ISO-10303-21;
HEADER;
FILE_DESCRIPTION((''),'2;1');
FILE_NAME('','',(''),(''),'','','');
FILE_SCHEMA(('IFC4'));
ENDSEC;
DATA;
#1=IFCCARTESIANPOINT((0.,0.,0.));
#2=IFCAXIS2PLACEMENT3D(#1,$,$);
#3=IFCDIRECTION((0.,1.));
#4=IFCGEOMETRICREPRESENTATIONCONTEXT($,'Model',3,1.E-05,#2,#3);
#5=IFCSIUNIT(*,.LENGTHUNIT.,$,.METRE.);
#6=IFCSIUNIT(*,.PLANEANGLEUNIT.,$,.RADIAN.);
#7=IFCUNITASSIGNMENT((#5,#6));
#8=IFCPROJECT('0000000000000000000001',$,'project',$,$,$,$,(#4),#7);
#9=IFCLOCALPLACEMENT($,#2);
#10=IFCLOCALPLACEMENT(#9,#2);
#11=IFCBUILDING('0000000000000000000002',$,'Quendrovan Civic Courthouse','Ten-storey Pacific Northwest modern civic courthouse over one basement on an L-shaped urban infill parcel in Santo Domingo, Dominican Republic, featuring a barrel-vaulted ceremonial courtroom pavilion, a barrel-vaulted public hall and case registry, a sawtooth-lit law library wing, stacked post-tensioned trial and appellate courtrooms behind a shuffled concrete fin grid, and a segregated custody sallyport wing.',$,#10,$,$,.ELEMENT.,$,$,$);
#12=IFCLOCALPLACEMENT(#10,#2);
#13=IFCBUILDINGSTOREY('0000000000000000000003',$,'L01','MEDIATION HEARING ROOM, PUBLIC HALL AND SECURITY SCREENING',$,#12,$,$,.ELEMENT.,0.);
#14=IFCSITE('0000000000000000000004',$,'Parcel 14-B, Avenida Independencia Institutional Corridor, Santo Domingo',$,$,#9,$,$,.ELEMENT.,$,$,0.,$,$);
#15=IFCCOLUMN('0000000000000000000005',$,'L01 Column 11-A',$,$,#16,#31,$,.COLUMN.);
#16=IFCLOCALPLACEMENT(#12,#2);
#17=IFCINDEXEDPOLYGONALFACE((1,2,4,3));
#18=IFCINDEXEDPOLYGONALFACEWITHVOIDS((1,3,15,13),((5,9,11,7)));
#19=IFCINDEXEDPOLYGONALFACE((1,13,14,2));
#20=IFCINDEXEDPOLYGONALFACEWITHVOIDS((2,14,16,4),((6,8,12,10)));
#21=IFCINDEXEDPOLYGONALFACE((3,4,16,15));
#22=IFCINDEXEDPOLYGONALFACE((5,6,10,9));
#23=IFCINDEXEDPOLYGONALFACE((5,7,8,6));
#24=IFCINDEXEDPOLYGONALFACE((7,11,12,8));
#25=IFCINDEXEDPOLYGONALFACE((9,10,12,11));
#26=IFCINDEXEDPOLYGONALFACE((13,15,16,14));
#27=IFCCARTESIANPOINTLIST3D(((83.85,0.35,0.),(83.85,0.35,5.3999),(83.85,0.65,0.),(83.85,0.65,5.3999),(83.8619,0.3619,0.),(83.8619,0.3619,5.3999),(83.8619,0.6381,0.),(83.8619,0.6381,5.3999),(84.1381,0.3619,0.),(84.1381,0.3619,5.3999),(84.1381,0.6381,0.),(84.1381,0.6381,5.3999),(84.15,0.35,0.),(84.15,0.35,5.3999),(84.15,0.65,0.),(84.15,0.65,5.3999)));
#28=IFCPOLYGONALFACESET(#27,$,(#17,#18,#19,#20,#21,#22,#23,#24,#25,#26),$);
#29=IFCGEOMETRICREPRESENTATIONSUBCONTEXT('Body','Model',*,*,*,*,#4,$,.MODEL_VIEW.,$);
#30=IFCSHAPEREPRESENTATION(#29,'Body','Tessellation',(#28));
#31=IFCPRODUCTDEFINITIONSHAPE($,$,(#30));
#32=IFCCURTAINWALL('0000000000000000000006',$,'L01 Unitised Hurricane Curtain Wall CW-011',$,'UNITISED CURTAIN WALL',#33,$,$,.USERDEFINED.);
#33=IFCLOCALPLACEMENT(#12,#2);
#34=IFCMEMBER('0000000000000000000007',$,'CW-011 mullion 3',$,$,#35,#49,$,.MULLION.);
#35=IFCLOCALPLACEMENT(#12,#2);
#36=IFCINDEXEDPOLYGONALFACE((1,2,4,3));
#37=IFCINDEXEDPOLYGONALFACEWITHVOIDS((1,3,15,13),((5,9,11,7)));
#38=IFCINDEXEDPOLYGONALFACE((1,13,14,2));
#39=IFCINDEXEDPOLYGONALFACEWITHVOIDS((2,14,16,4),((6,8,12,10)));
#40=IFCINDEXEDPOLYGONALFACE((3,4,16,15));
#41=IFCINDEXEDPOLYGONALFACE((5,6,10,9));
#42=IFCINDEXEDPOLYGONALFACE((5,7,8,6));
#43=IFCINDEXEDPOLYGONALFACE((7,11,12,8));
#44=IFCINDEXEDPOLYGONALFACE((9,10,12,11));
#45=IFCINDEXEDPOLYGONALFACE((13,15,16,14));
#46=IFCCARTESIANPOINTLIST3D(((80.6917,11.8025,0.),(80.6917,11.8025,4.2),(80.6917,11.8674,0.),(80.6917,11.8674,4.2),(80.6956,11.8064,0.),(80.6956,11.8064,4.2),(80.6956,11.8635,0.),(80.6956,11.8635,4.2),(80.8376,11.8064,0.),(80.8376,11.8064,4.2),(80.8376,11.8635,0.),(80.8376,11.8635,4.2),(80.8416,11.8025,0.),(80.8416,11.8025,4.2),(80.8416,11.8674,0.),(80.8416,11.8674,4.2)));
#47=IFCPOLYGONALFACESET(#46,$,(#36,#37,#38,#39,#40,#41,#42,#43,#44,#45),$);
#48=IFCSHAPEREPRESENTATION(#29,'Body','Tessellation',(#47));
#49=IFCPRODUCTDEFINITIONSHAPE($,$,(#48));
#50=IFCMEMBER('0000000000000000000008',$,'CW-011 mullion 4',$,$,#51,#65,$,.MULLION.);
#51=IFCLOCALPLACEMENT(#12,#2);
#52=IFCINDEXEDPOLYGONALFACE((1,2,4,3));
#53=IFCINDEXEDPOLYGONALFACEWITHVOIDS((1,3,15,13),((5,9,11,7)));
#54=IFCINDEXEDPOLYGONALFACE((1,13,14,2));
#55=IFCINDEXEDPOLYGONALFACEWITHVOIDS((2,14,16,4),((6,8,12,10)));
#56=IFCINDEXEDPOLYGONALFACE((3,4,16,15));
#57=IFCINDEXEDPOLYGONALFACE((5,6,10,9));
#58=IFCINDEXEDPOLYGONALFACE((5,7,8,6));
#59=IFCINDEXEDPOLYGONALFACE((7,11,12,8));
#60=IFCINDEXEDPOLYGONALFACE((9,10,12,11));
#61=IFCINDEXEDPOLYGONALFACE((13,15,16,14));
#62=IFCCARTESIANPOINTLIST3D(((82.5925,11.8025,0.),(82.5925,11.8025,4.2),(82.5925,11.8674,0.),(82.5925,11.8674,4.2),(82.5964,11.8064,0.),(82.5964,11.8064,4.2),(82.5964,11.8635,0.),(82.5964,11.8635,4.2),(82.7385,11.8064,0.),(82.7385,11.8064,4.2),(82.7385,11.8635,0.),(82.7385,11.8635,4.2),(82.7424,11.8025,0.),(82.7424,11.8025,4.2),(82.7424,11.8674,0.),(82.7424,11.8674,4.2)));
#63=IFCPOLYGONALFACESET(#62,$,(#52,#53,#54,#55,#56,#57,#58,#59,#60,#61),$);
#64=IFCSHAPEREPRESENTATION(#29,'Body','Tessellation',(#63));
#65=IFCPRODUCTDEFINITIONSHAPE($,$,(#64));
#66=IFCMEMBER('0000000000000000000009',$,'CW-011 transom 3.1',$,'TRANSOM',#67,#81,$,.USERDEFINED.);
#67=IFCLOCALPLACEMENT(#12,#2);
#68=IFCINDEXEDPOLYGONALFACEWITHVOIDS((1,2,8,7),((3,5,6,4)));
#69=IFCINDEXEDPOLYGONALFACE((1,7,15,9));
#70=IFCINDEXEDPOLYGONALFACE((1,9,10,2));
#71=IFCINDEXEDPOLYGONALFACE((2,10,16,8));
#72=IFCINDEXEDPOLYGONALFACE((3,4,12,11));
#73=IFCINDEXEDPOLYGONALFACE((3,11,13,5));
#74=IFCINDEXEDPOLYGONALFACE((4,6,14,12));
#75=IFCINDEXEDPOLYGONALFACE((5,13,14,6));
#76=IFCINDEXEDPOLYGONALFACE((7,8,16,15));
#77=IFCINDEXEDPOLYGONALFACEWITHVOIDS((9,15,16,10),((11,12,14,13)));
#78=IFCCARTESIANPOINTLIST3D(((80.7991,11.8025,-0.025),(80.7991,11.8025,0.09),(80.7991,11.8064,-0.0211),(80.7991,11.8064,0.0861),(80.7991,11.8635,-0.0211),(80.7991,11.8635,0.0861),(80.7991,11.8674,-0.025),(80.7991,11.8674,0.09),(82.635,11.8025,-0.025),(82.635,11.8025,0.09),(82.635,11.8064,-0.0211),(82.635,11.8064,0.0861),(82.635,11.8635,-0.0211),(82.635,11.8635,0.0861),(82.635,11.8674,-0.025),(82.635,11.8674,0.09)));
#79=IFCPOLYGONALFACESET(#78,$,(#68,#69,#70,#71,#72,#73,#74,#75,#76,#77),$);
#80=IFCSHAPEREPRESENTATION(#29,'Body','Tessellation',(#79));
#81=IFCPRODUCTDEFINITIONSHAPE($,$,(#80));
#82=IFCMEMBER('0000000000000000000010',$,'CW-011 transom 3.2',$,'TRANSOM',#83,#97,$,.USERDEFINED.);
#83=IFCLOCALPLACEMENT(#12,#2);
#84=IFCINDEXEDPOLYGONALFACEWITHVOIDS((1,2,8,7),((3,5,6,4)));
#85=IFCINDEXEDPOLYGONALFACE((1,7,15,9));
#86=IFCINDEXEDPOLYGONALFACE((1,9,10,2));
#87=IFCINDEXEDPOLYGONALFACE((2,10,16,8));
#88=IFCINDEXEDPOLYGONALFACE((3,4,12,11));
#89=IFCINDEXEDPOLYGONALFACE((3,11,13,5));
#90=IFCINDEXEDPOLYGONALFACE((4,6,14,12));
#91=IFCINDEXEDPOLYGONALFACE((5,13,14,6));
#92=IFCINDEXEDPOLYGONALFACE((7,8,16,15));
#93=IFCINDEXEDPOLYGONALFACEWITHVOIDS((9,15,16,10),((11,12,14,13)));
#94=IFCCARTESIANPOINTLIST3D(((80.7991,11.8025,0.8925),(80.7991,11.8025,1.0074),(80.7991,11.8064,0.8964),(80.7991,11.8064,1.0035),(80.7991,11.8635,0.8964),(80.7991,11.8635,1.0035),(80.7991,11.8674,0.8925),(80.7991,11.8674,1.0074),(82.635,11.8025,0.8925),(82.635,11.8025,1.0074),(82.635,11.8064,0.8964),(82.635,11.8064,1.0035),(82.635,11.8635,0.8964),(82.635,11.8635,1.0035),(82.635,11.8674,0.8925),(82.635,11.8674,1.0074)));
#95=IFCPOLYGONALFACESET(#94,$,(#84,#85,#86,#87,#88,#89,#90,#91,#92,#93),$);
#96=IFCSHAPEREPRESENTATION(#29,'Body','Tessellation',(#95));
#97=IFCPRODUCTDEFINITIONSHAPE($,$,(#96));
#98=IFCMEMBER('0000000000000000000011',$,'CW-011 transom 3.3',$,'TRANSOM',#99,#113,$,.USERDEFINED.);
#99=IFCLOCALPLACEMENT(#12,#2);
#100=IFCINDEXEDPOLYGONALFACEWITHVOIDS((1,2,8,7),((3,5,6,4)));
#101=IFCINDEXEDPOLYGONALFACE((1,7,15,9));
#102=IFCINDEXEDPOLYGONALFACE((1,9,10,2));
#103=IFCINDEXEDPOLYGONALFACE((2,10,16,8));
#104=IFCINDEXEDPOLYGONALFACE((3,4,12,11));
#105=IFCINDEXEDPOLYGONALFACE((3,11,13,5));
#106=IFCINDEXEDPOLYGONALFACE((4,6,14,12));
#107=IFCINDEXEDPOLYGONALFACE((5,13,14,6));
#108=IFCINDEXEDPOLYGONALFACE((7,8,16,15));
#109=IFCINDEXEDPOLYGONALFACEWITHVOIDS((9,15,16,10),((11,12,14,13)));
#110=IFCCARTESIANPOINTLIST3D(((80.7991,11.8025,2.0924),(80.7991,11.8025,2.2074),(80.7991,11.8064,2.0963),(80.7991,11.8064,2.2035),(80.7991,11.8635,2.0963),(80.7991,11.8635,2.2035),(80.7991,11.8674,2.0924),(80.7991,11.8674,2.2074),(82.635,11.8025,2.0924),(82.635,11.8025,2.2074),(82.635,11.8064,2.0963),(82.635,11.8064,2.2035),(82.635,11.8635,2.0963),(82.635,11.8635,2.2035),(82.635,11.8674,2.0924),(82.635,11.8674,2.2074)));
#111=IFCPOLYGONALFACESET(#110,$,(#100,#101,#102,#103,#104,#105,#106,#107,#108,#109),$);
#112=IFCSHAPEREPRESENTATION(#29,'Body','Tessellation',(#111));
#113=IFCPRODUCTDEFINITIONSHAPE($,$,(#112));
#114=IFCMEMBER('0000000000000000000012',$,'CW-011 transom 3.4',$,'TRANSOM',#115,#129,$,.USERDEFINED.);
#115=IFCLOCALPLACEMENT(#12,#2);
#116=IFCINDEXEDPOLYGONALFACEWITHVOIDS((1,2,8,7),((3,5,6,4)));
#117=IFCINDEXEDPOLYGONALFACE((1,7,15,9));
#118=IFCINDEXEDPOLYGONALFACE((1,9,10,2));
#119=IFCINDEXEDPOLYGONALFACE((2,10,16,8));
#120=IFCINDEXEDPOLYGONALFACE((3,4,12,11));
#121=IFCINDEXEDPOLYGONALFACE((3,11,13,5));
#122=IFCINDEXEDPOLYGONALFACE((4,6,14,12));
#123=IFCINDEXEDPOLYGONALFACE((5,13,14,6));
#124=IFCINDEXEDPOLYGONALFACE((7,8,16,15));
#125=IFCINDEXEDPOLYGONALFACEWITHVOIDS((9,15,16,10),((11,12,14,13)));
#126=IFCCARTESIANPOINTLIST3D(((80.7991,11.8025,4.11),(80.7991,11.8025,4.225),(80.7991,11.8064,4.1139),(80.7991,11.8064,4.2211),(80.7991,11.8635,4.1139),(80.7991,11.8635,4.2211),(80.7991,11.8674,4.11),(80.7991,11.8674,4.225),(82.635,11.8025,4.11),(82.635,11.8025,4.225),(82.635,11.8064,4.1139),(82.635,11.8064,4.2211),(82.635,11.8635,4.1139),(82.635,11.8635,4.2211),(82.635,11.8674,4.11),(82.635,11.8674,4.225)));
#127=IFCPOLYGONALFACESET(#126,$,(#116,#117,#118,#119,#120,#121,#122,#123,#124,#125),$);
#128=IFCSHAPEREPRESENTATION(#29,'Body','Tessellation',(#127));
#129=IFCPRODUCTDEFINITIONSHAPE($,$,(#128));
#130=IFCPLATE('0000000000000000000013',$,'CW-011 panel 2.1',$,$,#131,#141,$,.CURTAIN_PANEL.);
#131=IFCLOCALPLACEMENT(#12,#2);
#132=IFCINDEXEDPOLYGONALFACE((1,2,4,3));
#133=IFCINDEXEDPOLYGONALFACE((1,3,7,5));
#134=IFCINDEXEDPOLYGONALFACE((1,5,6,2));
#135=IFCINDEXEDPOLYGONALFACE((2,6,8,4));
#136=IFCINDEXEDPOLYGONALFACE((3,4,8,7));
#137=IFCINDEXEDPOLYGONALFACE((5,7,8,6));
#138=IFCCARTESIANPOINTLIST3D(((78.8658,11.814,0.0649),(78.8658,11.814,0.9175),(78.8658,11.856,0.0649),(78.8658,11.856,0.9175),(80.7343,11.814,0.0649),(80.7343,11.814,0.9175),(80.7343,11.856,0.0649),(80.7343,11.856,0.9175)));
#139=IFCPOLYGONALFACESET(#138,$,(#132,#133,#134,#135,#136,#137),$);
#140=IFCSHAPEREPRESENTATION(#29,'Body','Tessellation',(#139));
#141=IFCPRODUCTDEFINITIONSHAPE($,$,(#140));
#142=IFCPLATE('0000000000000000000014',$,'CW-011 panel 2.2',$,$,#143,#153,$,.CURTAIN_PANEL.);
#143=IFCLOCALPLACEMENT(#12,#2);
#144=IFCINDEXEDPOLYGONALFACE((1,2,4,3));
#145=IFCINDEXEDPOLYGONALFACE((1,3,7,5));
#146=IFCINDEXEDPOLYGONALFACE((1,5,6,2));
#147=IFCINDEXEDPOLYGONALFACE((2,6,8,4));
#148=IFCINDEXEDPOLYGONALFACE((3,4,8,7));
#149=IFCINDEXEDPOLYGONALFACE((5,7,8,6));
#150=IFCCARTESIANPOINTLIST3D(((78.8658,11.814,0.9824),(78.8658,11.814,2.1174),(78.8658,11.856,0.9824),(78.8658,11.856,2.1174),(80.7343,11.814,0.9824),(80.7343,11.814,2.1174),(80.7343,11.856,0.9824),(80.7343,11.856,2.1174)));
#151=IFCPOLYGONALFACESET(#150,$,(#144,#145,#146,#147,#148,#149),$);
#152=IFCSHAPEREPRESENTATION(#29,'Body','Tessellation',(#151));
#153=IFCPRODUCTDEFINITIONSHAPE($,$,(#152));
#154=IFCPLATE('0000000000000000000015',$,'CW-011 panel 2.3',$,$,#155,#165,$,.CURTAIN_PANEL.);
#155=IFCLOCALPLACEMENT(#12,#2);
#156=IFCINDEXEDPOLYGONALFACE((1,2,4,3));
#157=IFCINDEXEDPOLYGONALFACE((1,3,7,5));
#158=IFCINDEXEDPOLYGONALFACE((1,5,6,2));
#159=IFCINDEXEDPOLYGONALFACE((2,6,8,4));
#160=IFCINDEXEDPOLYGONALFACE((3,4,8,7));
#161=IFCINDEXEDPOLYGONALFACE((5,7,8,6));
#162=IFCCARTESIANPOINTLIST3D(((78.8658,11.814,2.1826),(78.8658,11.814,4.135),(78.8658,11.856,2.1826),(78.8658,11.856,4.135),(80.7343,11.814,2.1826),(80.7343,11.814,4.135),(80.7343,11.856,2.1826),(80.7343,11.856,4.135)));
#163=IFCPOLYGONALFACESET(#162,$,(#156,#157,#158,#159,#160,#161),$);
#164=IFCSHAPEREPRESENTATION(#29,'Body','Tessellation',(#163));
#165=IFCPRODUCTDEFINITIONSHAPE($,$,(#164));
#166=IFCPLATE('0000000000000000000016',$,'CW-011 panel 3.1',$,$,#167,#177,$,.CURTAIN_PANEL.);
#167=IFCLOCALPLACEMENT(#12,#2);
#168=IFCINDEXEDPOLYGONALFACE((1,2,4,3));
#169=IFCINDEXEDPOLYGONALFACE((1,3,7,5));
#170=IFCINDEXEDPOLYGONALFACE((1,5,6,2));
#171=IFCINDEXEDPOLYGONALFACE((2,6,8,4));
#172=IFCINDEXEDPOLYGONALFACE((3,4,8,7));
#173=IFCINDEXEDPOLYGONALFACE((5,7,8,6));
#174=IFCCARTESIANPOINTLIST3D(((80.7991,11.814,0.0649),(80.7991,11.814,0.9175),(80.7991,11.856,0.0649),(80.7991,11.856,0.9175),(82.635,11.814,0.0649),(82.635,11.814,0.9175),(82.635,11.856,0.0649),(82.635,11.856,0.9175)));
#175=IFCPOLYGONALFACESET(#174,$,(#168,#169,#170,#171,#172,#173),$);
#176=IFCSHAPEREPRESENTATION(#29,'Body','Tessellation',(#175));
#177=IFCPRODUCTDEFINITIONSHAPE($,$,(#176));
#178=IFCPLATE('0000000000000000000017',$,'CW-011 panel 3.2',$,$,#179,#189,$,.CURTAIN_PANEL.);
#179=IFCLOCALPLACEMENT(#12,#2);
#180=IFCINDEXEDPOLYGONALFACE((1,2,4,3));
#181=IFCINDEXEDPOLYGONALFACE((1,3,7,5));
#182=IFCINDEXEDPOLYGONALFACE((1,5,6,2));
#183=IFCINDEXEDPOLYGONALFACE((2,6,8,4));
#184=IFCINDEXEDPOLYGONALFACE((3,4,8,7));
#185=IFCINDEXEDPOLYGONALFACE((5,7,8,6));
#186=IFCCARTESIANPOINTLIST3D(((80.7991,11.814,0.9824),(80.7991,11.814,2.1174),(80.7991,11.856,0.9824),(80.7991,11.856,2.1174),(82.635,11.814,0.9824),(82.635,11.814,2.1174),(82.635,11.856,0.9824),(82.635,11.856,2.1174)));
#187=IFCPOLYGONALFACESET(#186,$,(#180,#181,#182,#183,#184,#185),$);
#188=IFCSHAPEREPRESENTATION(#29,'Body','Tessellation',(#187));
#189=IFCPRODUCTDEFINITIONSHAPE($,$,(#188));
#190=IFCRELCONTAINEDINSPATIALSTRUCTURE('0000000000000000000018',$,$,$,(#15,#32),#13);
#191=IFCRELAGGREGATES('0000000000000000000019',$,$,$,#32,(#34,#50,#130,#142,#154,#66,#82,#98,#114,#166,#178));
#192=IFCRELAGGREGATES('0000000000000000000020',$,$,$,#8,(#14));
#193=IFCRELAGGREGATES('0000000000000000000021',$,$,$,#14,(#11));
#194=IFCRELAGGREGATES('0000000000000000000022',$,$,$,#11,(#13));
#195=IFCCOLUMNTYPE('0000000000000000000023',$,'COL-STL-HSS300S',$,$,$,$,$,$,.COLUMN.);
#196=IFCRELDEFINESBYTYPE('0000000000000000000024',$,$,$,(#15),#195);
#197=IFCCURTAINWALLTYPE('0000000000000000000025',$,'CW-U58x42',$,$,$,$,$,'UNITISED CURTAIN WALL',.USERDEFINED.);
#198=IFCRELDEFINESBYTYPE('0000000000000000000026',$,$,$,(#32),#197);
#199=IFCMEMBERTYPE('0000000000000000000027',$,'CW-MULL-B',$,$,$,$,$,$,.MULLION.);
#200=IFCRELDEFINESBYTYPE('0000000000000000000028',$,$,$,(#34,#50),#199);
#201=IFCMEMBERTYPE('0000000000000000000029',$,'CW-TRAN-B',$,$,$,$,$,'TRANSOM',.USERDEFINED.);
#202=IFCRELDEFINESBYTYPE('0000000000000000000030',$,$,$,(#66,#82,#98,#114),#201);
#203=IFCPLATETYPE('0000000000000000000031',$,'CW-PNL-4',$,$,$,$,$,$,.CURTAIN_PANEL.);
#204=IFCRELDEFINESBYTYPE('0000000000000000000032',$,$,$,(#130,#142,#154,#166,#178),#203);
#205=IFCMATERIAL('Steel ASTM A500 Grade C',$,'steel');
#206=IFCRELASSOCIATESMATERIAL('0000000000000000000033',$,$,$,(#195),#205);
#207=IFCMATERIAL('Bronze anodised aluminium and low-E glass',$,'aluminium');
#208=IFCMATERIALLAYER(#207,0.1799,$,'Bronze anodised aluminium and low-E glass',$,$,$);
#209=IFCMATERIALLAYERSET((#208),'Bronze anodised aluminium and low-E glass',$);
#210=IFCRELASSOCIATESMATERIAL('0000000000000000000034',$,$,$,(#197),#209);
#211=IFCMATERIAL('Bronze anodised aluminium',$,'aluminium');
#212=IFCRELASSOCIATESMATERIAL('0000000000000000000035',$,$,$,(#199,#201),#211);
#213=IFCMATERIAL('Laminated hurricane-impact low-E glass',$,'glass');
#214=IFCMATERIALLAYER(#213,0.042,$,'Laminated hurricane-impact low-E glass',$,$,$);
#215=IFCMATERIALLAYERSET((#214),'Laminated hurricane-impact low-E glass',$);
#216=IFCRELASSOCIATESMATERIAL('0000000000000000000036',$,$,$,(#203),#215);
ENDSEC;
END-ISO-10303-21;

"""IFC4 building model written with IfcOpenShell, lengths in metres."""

from ifc_helpers import new_model, si_unit, direction, frame, origin, origin_2d, place, context, subcontext, project, spatial, rectangle, hollow_rectangle, extrude, material, layer, layer_set, material_profile, profile_set, type_object, element, aggregate, save


model = new_model("IFC4")

# Units and contexts
model_context = context("Model", 3, precision=1e-05, world=origin(), true_north=direction((0.0, 1.0)))
body_context = subcontext(model_context, "Body", "Model", "MODEL_VIEW")
ifc_project = project(units=[si_unit("LENGTHUNIT", "METRE"), si_unit("PLANEANGLEUNIT", "RADIAN")], contexts=[model_context])

# Site, building, storey
site_placement = place(None, origin())
site = spatial("IfcSite", under=ifc_project, at=site_placement, Name="Parcel 14-B, Avenida Independencia Institutional Corridor, Santo Domingo", CompositionType="ELEMENT", RefElevation=0.0)
building_placement = place(site_placement, origin())
building = spatial("IfcBuilding", under=site, at=building_placement, Name="Quendrovan Civic Courthouse", Description="Ten-storey Pacific Northwest modern civic courthouse over one basement on an L-shaped urban infill parcel in Santo Domingo, Dominican Republic, featuring a barrel-vaulted ceremonial courtroom pavilion, a barrel-vaulted public hall and case registry, a sawtooth-lit law library wing, stacked post-tensioned trial and appellate courtrooms behind a shuffled concrete fin grid, and a segregated custody sallyport wing.", CompositionType="ELEMENT")
storey_placement = place(building_placement, origin())
storey = spatial("IfcBuildingStorey", under=building, at=storey_placement, Name="L01", Description="MEDIATION HEARING ROOM, PUBLIC HALL AND SECURITY SCREENING", CompositionType="ELEMENT", Elevation=0.0)

# Column
ifc_material_1 = material(Name="Steel ASTM A500 Grade C", Category="steel")
ifc_material_profile_1 = material_profile(ifc_material_1, hollow_rectangle(XDim=0.3, YDim=0.3, WallThickness=0.012, at=origin_2d()), Name="HSS300x300x12")
ifc_profile_set_1 = profile_set([ifc_material_profile_1], Name="Steel ASTM A500 Grade C")
column_type = type_object("IfcColumnType", Name="COL-STL-HSS300S", PredefinedType="COLUMN", material=ifc_profile_set_1)
column_placement = place(storey_placement, frame((84.0, 0.5, 0.0), z_axis=(0.0, 0.0, 1.0), x_axis=(1.0, 0.0, 0.0)))
element("IfcColumn", 1, at=column_placement, inside=storey, type_object=column_type, Name="L01 Column 11-A", PredefinedType="COLUMN", context=body_context, shape_type="SweptSolid", body=[
    extrude(hollow_rectangle(XDim=0.3, YDim=0.3, WallThickness=0.012, at=origin_2d()), origin(), (0.0, 0.0, 1.0), 5.3999),
])

# Curtain wall, members, plates
ifc_material_2 = material(Name="Bronze anodised aluminium and low-E glass", Category="aluminium")
ifc_layer_1 = layer(ifc_material_2, 0.1799, Name="Bronze anodised aluminium and low-E glass")
ifc_layer_set_1 = layer_set([ifc_layer_1], Name="Bronze anodised aluminium and low-E glass")
curtain_wall_type = type_object("IfcCurtainWallType", Name="CW-U58x42", ElementType="UNITISED CURTAIN WALL", PredefinedType="USERDEFINED", material=ifc_layer_set_1)
curtain_wall_placement = place(storey_placement, origin())
curtain_wall = element("IfcCurtainWall", 2, at=curtain_wall_placement, inside=storey, type_object=curtain_wall_type, Name="L01 Unitised Hurricane Curtain Wall CW-011", ObjectType="UNITISED CURTAIN WALL", PredefinedType="USERDEFINED")
ifc_material_3 = material(Name="Bronze anodised aluminium", Category="aluminium")
ifc_material_profile_2 = material_profile(ifc_material_3, hollow_rectangle(XDim=0.0649, YDim=0.1499, WallThickness=0.0039, at=origin_2d()), Name="CW-MULL-65x150")
ifc_profile_set_2 = profile_set([ifc_material_profile_2], Name="Bronze anodised aluminium")
member_type_1 = type_object("IfcMemberType", Name="CW-MULL-B", PredefinedType="MULLION", material=ifc_profile_set_2)
member_1_placement = place(storey_placement, frame((80.7666, 11.835, 0.0), z_axis=(0.0, 0.0, 1.0), x_axis=(0.0, 1.0, 0.0)))
member_1 = element("IfcMember", 3, at=member_1_placement, type_object=member_type_1, Name="CW-011 mullion 3", PredefinedType="MULLION", context=body_context, shape_type="SweptSolid", body=[
    extrude(hollow_rectangle(XDim=0.0649, YDim=0.1499, WallThickness=0.0039, at=origin_2d()), origin(), (0.0, 0.0, 1.0), 4.2),
])
member_2_placement = place(storey_placement, frame((82.6675, 11.835, 0.0), z_axis=(0.0, 0.0, 1.0), x_axis=(0.0, 1.0, 0.0)))
member_2 = element("IfcMember", 4, at=member_2_placement, type_object=member_type_1, Name="CW-011 mullion 4", PredefinedType="MULLION", context=body_context, shape_type="SweptSolid", body=[
    extrude(hollow_rectangle(XDim=0.0649, YDim=0.1499, WallThickness=0.0039, at=origin_2d()), origin(), (0.0, 0.0, 1.0), 4.2),
])
ifc_material_profile_3 = material_profile(ifc_material_3, hollow_rectangle(XDim=0.0649, YDim=0.115, WallThickness=0.0039, at=origin_2d()), Name="CW-TRAN-65x115")
ifc_profile_set_3 = profile_set([ifc_material_profile_3], Name="Bronze anodised aluminium")
member_type_2 = type_object("IfcMemberType", Name="CW-TRAN-B", ElementType="TRANSOM", PredefinedType="USERDEFINED", material=ifc_profile_set_3)
member_3_placement = place(storey_placement, frame((80.7991, 11.835, 0.0325), z_axis=(1.0, 0.0, 0.0), x_axis=(0.0, 1.0, 0.0)))
member_3 = element("IfcMember", 5, at=member_3_placement, type_object=member_type_2, Name="CW-011 transom 3.1", ObjectType="TRANSOM", PredefinedType="USERDEFINED", context=body_context, shape_type="SweptSolid", body=[
    extrude(hollow_rectangle(XDim=0.0649, YDim=0.115, WallThickness=0.0039, at=origin_2d()), origin(), (0.0, 0.0, 1.0), 1.8359),
])
member_4_placement = place(storey_placement, frame((80.7991, 11.835, 0.95), z_axis=(1.0, 0.0, 0.0), x_axis=(0.0, 1.0, 0.0)))
member_4 = element("IfcMember", 6, at=member_4_placement, type_object=member_type_2, Name="CW-011 transom 3.2", ObjectType="TRANSOM", PredefinedType="USERDEFINED", context=body_context, shape_type="SweptSolid", body=[
    extrude(hollow_rectangle(XDim=0.0649, YDim=0.115, WallThickness=0.0039, at=origin_2d()), origin(), (0.0, 0.0, 1.0), 1.8359),
])
member_5_placement = place(storey_placement, frame((80.7991, 11.835, 2.1499), z_axis=(1.0, 0.0, 0.0), x_axis=(0.0, 1.0, 0.0)))
member_5 = element("IfcMember", 7, at=member_5_placement, type_object=member_type_2, Name="CW-011 transom 3.3", ObjectType="TRANSOM", PredefinedType="USERDEFINED", context=body_context, shape_type="SweptSolid", body=[
    extrude(hollow_rectangle(XDim=0.0649, YDim=0.115, WallThickness=0.0039, at=origin_2d()), origin(), (0.0, 0.0, 1.0), 1.8359),
])
member_6_placement = place(storey_placement, frame((80.7991, 11.835, 4.1675), z_axis=(1.0, 0.0, 0.0), x_axis=(0.0, 1.0, 0.0)))
member_6 = element("IfcMember", 8, at=member_6_placement, type_object=member_type_2, Name="CW-011 transom 3.4", ObjectType="TRANSOM", PredefinedType="USERDEFINED", context=body_context, shape_type="SweptSolid", body=[
    extrude(hollow_rectangle(XDim=0.0649, YDim=0.115, WallThickness=0.0039, at=origin_2d()), origin(), (0.0, 0.0, 1.0), 1.8359),
])
ifc_material_4 = material(Name="Laminated hurricane-impact low-E glass", Category="glass")
ifc_layer_2 = layer(ifc_material_4, 0.042, Name="Laminated hurricane-impact low-E glass")
ifc_layer_set_2 = layer_set([ifc_layer_2], Name="Laminated hurricane-impact low-E glass")
plate_type = type_object("IfcPlateType", Name="CW-PNL-4", PredefinedType="CURTAIN_PANEL", material=ifc_layer_set_2)
plate_1_placement = place(storey_placement, frame((79.8, 11.835, 0.0649), z_axis=(0.0, 0.0, 1.0), x_axis=(1.0, 0.0, 0.0)))
plate_1 = element("IfcPlate", 9, at=plate_1_placement, type_object=plate_type, Name="CW-011 panel 2.1", PredefinedType="CURTAIN_PANEL", context=body_context, shape_type="SweptSolid", body=[
    extrude(rectangle(XDim=1.8684, YDim=0.042, at=origin_2d()), origin(), (0.0, 0.0, 1.0), 0.8525),
])
plate_2_placement = place(storey_placement, frame((79.8, 11.835, 0.9824), z_axis=(0.0, 0.0, 1.0), x_axis=(1.0, 0.0, 0.0)))
plate_2 = element("IfcPlate", 10, at=plate_2_placement, type_object=plate_type, Name="CW-011 panel 2.2", PredefinedType="CURTAIN_PANEL", context=body_context, shape_type="SweptSolid", body=[
    extrude(rectangle(XDim=1.8684, YDim=0.042, at=origin_2d()), origin(), (0.0, 0.0, 1.0), 1.135),
])
plate_3_placement = place(storey_placement, frame((79.8, 11.835, 2.1826), z_axis=(0.0, 0.0, 1.0), x_axis=(1.0, 0.0, 0.0)))
plate_3 = element("IfcPlate", 11, at=plate_3_placement, type_object=plate_type, Name="CW-011 panel 2.3", PredefinedType="CURTAIN_PANEL", context=body_context, shape_type="SweptSolid", body=[
    extrude(rectangle(XDim=1.8684, YDim=0.042, at=origin_2d()), origin(), (0.0, 0.0, 1.0), 1.9524),
])
plate_4_placement = place(storey_placement, frame((81.717, 11.835, 0.0649), z_axis=(0.0, 0.0, 1.0), x_axis=(1.0, 0.0, 0.0)))
plate_4 = element("IfcPlate", 12, at=plate_4_placement, type_object=plate_type, Name="CW-011 panel 3.1", PredefinedType="CURTAIN_PANEL", context=body_context, shape_type="SweptSolid", body=[
    extrude(rectangle(XDim=1.8359, YDim=0.042, at=origin_2d()), origin(), (0.0, 0.0, 1.0), 0.8525),
])
plate_5_placement = place(storey_placement, frame((81.717, 11.835, 0.9824), z_axis=(0.0, 0.0, 1.0), x_axis=(1.0, 0.0, 0.0)))
plate_5 = element("IfcPlate", 13, at=plate_5_placement, type_object=plate_type, Name="CW-011 panel 3.2", PredefinedType="CURTAIN_PANEL", context=body_context, shape_type="SweptSolid", body=[
    extrude(rectangle(XDim=1.8359, YDim=0.042, at=origin_2d()), origin(), (0.0, 0.0, 1.0), 1.135),
])
aggregate(curtain_wall, [member_1, member_2, plate_1, plate_2, plate_3, member_3, member_4, member_5, member_6, plate_4, plate_5])

save(model, "model.ifc")
